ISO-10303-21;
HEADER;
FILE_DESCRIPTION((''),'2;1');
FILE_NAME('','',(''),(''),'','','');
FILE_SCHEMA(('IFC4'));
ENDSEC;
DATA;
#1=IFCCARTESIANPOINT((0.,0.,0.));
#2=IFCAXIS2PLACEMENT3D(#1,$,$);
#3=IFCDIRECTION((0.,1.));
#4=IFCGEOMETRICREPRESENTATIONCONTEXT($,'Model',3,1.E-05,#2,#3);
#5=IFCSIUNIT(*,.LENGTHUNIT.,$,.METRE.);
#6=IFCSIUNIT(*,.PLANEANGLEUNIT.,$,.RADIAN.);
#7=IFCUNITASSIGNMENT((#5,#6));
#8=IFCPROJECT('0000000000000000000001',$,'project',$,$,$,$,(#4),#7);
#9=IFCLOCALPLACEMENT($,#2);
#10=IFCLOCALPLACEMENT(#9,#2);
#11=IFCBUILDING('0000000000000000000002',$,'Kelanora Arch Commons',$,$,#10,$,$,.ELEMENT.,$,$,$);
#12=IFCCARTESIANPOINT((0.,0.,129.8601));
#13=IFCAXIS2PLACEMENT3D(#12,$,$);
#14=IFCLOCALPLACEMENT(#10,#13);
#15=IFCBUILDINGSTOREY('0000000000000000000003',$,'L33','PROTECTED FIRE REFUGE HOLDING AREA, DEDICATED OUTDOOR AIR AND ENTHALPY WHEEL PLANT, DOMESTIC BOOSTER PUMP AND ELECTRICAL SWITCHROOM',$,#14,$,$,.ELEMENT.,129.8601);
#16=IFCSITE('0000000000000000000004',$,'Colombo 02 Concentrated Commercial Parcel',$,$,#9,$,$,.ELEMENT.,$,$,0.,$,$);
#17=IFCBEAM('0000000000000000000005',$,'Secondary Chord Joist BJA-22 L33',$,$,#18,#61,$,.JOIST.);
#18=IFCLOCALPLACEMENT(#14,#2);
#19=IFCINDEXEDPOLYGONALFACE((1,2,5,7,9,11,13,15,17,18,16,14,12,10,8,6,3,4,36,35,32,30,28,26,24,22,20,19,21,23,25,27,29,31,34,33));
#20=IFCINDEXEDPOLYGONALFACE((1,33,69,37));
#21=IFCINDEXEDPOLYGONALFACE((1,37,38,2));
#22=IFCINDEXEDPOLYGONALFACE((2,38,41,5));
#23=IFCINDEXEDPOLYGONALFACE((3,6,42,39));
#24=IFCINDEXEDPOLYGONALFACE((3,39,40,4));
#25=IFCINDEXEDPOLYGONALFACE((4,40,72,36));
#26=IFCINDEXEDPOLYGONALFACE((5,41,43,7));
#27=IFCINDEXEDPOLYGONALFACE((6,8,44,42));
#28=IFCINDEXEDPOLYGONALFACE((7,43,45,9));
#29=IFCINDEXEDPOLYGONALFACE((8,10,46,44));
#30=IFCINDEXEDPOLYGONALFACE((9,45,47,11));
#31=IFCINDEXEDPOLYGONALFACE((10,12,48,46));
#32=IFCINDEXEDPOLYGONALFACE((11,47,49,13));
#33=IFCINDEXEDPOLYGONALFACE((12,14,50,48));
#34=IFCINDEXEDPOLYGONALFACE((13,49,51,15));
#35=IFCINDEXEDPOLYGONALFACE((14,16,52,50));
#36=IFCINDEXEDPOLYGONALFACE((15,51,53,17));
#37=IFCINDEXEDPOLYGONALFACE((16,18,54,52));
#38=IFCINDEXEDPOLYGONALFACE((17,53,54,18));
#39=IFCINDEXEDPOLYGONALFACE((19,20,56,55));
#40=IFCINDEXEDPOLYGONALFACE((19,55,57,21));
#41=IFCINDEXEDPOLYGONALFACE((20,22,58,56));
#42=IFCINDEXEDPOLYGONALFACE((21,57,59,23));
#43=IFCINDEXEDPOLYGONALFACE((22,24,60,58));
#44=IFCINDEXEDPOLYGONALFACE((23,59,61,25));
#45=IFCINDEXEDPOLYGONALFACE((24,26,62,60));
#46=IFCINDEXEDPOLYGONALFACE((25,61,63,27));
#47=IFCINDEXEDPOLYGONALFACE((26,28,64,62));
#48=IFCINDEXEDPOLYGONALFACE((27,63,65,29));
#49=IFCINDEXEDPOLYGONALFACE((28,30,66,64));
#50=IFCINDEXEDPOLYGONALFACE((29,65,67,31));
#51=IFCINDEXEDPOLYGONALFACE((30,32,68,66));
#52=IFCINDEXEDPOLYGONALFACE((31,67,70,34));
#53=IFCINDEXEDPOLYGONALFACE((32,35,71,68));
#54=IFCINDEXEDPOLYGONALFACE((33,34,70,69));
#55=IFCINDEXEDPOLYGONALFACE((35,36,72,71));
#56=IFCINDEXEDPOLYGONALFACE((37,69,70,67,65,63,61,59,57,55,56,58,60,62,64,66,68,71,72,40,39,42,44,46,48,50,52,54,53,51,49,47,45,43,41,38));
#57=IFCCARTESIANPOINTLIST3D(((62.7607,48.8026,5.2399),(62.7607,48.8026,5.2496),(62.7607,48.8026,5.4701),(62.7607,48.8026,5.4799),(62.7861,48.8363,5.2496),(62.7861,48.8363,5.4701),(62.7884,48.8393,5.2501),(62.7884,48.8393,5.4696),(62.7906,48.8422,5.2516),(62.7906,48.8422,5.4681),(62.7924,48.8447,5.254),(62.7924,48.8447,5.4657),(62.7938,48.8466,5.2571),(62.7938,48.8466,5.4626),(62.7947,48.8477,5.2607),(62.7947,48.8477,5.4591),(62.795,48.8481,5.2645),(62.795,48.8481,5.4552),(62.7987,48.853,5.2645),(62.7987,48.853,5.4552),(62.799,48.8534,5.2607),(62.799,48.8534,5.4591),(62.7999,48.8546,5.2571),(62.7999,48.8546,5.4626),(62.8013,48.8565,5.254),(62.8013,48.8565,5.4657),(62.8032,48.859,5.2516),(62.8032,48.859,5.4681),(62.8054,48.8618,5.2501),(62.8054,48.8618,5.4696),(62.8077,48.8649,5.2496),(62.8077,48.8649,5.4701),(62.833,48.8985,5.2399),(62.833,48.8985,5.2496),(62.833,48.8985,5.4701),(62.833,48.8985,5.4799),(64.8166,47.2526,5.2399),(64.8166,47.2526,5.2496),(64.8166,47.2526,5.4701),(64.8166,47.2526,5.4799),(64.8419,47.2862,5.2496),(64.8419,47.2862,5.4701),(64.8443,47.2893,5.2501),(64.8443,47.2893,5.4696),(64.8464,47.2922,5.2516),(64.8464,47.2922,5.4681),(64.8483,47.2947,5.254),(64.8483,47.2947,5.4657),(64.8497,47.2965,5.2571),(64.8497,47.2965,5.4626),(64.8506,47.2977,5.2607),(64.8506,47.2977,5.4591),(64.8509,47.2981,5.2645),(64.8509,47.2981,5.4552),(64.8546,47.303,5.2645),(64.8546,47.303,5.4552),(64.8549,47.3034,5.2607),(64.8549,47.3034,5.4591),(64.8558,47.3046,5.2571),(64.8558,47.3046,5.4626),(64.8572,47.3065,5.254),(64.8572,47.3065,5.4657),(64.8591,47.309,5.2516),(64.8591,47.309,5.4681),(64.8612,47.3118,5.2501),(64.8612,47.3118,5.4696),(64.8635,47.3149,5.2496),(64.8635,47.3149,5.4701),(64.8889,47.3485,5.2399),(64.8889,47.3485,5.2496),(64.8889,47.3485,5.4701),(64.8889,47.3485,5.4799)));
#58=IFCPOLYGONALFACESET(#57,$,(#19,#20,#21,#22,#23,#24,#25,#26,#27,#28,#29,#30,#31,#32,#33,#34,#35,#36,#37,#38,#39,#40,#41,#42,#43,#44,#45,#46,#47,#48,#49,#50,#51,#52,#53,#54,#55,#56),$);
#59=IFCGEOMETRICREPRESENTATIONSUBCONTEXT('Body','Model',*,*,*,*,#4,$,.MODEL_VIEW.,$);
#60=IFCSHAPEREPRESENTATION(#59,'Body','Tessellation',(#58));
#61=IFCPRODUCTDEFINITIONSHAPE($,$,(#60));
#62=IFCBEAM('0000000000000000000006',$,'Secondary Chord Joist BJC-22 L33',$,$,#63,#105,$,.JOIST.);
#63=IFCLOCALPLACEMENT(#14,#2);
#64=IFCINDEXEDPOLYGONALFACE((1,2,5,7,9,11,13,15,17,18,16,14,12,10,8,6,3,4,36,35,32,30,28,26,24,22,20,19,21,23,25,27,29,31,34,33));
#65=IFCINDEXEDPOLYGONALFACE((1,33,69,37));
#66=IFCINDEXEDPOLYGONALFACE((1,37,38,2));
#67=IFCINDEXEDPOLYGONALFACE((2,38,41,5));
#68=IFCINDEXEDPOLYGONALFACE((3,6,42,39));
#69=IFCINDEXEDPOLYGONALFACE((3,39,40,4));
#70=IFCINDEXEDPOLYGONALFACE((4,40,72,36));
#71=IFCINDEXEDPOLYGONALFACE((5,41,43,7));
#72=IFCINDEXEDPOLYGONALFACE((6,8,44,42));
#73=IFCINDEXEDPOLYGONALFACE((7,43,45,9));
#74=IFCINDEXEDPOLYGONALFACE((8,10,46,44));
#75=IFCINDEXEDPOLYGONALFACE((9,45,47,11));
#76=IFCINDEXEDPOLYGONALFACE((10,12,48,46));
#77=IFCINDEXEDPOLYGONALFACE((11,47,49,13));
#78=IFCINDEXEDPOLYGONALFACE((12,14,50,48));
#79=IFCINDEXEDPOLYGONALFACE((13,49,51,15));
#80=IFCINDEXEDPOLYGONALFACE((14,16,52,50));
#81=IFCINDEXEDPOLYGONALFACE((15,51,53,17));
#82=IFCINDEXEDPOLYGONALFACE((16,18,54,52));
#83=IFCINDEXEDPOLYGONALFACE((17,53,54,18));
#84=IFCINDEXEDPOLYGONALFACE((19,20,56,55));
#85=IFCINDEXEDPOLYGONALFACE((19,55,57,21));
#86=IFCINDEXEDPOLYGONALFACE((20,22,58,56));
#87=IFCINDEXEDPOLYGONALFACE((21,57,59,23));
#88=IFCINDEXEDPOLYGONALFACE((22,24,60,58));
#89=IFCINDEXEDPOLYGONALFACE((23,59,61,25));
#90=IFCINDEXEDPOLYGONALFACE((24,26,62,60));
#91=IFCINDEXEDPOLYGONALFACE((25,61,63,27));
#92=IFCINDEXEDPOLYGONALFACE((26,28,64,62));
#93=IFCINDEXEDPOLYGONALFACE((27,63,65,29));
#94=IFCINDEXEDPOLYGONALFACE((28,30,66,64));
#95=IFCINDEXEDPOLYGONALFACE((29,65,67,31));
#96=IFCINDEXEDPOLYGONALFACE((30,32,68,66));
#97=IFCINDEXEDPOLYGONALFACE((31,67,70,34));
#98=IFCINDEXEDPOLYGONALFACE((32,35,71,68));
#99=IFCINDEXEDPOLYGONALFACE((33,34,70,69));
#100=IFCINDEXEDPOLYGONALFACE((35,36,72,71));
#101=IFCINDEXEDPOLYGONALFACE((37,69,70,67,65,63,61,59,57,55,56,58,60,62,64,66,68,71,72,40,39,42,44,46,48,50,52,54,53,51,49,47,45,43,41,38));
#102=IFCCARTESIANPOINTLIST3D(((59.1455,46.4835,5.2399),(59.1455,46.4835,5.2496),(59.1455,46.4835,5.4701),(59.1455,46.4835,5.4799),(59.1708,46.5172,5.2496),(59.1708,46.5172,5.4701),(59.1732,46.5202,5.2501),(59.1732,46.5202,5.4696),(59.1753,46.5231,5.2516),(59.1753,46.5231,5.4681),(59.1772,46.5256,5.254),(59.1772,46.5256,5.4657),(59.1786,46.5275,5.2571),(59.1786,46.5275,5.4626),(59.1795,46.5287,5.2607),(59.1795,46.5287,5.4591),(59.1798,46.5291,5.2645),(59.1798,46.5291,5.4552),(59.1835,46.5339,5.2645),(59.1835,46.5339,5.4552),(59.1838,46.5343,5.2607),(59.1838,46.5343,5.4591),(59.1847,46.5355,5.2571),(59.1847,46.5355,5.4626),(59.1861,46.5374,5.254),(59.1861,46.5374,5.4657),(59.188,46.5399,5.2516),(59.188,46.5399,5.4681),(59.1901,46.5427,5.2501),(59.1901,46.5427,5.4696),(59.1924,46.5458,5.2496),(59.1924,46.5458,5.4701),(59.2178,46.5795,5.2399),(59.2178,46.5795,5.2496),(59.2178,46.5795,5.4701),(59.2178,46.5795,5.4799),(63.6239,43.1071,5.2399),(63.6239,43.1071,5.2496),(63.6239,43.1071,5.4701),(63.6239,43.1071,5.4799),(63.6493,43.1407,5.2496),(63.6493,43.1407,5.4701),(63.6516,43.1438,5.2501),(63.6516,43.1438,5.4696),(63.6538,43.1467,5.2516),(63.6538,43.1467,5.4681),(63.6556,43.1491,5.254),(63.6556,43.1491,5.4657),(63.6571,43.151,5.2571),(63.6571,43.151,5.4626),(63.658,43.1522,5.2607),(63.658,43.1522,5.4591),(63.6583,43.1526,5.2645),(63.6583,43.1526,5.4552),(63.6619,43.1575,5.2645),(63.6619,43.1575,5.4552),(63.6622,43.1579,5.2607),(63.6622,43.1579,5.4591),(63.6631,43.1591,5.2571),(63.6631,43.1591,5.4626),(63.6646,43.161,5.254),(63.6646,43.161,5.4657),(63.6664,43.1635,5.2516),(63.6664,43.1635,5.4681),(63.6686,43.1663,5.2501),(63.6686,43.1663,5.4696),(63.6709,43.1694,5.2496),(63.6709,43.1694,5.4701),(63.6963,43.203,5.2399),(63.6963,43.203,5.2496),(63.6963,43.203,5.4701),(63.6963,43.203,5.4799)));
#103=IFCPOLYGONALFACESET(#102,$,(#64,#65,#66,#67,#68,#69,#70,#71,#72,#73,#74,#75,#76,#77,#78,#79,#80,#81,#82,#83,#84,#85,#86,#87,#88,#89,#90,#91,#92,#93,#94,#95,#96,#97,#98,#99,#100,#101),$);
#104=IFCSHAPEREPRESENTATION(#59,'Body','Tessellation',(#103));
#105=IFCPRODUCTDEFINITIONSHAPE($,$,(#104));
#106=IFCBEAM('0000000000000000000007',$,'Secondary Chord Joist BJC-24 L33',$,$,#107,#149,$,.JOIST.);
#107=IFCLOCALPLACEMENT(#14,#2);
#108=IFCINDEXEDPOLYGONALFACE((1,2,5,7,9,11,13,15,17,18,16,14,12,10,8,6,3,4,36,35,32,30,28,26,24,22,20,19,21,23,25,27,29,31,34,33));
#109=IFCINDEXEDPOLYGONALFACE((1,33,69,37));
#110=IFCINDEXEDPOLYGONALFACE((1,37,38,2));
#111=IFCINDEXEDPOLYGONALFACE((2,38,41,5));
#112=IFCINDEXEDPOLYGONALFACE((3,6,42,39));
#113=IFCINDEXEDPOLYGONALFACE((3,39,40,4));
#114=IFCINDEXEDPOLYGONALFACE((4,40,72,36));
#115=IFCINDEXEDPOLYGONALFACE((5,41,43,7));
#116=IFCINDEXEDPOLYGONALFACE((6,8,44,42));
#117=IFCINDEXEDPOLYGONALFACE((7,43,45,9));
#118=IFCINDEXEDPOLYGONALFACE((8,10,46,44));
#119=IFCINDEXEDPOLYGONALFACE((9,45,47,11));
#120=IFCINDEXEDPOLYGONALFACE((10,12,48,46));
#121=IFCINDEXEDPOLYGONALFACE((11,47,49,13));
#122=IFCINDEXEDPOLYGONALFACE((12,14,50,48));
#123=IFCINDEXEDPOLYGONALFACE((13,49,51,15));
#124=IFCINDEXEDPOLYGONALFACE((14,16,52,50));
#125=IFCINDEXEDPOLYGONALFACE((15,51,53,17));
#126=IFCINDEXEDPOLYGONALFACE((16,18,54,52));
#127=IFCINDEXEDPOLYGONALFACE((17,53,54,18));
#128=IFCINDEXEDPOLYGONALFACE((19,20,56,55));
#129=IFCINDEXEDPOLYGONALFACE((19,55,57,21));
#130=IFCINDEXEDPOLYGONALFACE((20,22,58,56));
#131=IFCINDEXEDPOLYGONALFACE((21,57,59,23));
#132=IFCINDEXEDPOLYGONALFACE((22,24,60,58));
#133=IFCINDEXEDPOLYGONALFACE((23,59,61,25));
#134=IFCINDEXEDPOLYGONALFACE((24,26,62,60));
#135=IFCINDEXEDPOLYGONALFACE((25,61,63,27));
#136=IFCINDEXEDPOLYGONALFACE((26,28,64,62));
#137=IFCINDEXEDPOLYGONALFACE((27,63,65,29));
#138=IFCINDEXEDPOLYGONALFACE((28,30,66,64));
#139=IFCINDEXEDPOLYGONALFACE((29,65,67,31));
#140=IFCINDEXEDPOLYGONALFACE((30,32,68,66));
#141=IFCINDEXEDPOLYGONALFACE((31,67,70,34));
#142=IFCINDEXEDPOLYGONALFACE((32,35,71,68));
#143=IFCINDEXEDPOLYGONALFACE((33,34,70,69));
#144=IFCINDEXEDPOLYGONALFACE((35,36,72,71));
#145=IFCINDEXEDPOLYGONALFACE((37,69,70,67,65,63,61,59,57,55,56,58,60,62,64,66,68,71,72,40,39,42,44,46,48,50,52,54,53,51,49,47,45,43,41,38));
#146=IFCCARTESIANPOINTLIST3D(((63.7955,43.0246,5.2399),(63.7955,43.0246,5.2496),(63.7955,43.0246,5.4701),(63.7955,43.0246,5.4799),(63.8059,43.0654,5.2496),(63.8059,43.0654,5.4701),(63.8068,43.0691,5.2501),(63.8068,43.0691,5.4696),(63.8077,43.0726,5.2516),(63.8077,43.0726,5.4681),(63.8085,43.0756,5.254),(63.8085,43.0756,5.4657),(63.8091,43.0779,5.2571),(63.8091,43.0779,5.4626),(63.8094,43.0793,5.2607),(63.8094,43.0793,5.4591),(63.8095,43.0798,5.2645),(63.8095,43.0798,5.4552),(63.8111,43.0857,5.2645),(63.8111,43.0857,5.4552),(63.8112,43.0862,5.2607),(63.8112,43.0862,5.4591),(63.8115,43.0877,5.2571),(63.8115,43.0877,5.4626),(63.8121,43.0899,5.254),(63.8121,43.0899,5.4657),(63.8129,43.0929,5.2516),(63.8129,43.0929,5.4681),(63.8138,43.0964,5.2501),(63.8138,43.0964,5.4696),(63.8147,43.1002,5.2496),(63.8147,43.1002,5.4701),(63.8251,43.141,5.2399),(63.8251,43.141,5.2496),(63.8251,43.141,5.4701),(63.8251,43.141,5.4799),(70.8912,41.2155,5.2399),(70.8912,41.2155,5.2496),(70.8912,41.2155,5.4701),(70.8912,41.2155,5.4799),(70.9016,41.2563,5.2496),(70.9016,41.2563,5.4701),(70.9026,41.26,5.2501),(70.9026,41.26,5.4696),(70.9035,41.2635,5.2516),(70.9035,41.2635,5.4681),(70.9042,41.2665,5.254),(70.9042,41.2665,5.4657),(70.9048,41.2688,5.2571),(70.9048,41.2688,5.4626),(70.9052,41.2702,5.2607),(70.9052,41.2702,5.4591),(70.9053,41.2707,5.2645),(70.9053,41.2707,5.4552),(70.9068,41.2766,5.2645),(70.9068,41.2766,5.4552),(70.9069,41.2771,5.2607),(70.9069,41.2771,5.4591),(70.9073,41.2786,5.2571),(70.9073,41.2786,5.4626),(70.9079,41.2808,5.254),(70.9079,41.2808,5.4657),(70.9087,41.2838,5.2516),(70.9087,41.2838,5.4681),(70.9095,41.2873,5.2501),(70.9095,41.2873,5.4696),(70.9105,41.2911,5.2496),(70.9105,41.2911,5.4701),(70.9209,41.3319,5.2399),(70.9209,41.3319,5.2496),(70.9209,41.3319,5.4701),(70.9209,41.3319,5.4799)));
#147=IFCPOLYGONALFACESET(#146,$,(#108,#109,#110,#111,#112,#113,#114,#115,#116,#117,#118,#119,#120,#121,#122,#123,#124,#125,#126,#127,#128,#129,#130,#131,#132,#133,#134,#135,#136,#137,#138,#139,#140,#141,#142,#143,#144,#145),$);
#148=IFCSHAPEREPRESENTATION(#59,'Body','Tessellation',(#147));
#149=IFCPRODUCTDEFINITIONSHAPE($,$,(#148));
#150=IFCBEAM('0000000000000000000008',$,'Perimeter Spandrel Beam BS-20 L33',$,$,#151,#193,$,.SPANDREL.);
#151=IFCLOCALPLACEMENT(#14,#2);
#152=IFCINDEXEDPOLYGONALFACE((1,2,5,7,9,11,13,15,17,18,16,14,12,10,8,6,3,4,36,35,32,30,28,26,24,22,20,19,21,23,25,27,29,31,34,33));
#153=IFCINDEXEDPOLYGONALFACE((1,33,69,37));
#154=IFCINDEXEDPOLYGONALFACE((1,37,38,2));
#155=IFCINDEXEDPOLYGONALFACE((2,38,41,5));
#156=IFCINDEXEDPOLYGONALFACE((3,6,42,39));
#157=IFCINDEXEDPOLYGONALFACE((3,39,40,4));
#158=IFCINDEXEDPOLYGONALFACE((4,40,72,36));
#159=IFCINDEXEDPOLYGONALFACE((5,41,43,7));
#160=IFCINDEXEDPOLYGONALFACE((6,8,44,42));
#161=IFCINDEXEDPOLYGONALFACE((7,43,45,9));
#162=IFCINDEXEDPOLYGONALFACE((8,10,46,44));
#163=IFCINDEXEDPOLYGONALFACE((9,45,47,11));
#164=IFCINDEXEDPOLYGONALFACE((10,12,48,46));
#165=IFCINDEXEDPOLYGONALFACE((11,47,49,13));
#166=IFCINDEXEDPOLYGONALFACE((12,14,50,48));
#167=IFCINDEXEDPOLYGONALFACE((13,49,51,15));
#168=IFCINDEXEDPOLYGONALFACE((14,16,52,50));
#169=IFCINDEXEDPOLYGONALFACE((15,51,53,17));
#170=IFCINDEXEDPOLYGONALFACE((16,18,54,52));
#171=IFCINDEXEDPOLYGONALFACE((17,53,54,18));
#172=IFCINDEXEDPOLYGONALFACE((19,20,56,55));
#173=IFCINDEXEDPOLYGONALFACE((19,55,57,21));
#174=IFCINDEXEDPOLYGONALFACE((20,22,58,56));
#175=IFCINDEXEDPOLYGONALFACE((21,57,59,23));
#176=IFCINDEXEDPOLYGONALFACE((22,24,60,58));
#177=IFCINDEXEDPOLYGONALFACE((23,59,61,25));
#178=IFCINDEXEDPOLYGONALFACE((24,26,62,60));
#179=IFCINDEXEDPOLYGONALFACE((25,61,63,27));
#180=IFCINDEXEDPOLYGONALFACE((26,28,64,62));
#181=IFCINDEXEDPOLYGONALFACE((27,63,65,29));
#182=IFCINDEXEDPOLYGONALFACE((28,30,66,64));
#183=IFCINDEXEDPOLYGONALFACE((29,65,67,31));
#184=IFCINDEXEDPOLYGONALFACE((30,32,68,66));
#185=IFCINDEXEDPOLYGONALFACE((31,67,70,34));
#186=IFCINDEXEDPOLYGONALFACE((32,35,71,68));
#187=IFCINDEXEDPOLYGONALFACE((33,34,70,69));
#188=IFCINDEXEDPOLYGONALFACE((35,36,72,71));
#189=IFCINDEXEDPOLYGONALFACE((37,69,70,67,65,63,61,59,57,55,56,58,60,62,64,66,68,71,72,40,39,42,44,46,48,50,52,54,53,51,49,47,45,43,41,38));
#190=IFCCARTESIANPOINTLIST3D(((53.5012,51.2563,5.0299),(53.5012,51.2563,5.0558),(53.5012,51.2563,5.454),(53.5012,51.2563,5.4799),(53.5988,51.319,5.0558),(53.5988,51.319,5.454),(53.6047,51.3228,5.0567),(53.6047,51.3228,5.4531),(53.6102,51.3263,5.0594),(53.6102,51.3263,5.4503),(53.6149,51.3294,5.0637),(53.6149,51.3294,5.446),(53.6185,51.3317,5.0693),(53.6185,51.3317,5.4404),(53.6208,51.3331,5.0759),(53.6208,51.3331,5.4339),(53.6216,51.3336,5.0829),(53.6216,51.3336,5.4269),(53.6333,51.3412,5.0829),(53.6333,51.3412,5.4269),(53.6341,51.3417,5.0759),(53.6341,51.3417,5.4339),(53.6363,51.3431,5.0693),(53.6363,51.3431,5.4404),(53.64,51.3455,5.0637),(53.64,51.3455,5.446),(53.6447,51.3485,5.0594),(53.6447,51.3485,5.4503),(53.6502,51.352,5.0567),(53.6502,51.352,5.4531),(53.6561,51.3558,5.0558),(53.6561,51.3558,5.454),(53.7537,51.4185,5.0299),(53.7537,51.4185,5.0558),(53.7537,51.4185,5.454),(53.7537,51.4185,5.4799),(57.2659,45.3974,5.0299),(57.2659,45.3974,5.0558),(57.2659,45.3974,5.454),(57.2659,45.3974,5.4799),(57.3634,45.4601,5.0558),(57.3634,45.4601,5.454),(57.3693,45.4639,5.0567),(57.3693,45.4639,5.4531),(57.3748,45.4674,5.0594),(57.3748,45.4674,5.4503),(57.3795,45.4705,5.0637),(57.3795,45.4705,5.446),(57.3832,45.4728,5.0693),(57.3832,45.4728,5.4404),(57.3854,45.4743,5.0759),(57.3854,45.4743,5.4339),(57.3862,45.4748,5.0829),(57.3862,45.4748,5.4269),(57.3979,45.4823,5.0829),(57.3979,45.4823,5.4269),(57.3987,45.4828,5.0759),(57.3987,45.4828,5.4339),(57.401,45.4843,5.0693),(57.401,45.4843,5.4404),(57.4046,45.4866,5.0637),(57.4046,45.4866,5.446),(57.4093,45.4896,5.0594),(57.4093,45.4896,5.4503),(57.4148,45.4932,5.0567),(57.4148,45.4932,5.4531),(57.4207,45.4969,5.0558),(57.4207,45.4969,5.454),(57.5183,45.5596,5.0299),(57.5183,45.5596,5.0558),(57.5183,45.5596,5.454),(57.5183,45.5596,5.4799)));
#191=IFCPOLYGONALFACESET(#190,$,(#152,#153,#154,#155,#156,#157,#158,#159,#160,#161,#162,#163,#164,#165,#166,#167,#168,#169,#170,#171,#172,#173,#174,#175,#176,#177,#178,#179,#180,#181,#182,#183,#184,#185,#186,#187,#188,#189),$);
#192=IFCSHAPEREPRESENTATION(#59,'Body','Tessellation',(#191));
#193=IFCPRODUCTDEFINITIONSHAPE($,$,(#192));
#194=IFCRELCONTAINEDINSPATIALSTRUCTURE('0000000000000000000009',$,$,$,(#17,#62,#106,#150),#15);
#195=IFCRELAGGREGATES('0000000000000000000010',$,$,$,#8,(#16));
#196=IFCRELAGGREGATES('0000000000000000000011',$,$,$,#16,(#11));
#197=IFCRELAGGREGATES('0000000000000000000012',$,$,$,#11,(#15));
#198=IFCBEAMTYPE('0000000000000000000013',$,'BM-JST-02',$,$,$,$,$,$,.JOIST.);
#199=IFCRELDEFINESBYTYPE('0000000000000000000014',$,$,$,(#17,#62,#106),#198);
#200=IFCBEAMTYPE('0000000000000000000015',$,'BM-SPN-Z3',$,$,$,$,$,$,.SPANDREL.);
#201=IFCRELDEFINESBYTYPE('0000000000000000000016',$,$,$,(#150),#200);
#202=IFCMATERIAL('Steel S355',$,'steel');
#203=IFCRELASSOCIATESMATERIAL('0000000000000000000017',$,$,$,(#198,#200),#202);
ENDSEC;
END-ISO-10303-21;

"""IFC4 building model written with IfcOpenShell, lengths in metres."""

from ifc_helpers import new_model, si_unit, direction, frame, origin, origin_2d, place, context, subcontext, project, spatial, i_section, extrude, material, material_profile, profile_set, type_object, element, save


model = new_model("IFC4")

# Units and contexts
model_context = context("Model", 3, precision=1e-05, world=origin(), true_north=direction((0.0, 1.0)))
body_context = subcontext(model_context, "Body", "Model", "MODEL_VIEW")
ifc_project = project(units=[si_unit("LENGTHUNIT", "METRE"), si_unit("PLANEANGLEUNIT", "RADIAN")], contexts=[model_context])

# Site, building, storey
site_placement = place(None, origin())
site = spatial("IfcSite", under=ifc_project, at=site_placement, Name="Colombo 02 Concentrated Commercial Parcel", CompositionType="ELEMENT", RefElevation=0.0)
building_placement = place(site_placement, origin())
building = spatial("IfcBuilding", under=site, at=building_placement, Name="Kelanora Arch Commons", CompositionType="ELEMENT")
storey_placement = place(building_placement, frame((0.0, 0.0, 129.8601)))
storey = spatial("IfcBuildingStorey", under=building, at=storey_placement, Name="L33", Description="PROTECTED FIRE REFUGE HOLDING AREA, DEDICATED OUTDOOR AIR AND ENTHALPY WHEEL PLANT, DOMESTIC BOOSTER PUMP AND ELECTRICAL SWITCHROOM", CompositionType="ELEMENT", Elevation=129.8601)

# Beams
ifc_material_1 = material(Name="Steel S355", Category="steel")
ifc_material_profile_1 = material_profile(ifc_material_1, i_section(OverallWidth=0.1201, OverallDepth=0.24, WebThickness=0.0061, FlangeThickness=0.0098, FilletRadius=0.0149, at=origin_2d()), Name="IPE240")
ifc_profile_set_1 = profile_set([ifc_material_profile_1], Name="Steel S355")
beam_type_1 = type_object("IfcBeamType", Name="BM-JST-02", PredefinedType="JOIST", material=ifc_profile_set_1)
beam_1_placement = place(storey_placement, frame((62.7969, 48.8506, 5.3599), z_axis=(0.798484, -0.602016, 0.0), x_axis=(0.602016, 0.798484, 0.0)))
element("IfcBeam", 1, at=beam_1_placement, inside=storey, type_object=beam_type_1, Name="Secondary Chord Joist BJA-22 L33", PredefinedType="JOIST", context=body_context, shape_type="SweptSolid", body=[
    extrude(i_section(OverallWidth=0.1201, OverallDepth=0.24, WebThickness=0.0061, FlangeThickness=0.0098, FilletRadius=0.0149, at=origin_2d()), origin(), (0.0, 0.0, 1.0), 2.5747),
])
beam_2_placement = place(storey_placement, frame((59.1816, 46.5315, 5.3599), z_axis=(0.798493, -0.602004, 0.0), x_axis=(0.602004, 0.798493, 0.0)))
element("IfcBeam", 2, at=beam_2_placement, inside=storey, type_object=beam_type_1, Name="Secondary Chord Joist BJC-22 L33", PredefinedType="JOIST", context=body_context, shape_type="SweptSolid", body=[
    extrude(i_section(OverallWidth=0.1201, OverallDepth=0.24, WebThickness=0.0061, FlangeThickness=0.0098, FilletRadius=0.0149, at=origin_2d()), origin(), (0.0, 0.0, 1.0), 5.6086),
])
beam_3_placement = place(storey_placement, frame((63.8103, 43.0828, 5.3599), z_axis=(0.969002, -0.247052, 0.0), x_axis=(0.247052, 0.969002, 0.0)))
element("IfcBeam", 3, at=beam_3_placement, inside=storey, type_object=beam_type_1, Name="Secondary Chord Joist BJC-24 L33", PredefinedType="JOIST", context=body_context, shape_type="SweptSolid", body=[
    extrude(i_section(OverallWidth=0.1201, OverallDepth=0.24, WebThickness=0.0061, FlangeThickness=0.0098, FilletRadius=0.0149, at=origin_2d()), origin(), (0.0, 0.0, 1.0), 7.3228),
])
ifc_material_profile_2 = material_profile(ifc_material_1, i_section(OverallWidth=0.3, OverallDepth=0.45, WebThickness=0.0139, FlangeThickness=0.0259, FilletRadius=0.0271, at=origin_2d()), Name="HEB450")
ifc_profile_set_2 = profile_set([ifc_material_profile_2], Name="Steel S355")
beam_type_2 = type_object("IfcBeamType", Name="BM-SPN-Z3", PredefinedType="SPANDREL", material=ifc_profile_set_2)
beam_4_placement = place(storey_placement, frame((53.6274, 51.3374, 5.2549), z_axis=(0.540577, -0.841295, 0.0), x_axis=(0.841295, 0.540577, 0.0)))
element("IfcBeam", 4, at=beam_4_placement, inside=storey, type_object=beam_type_2, Name="Perimeter Spandrel Beam BS-20 L33", PredefinedType="SPANDREL", context=body_context, shape_type="SweptSolid", body=[
    extrude(i_section(OverallWidth=0.3, OverallDepth=0.45, WebThickness=0.0139, FlangeThickness=0.0259, FilletRadius=0.0271, at=origin_2d()), origin(), (0.0, 0.0, 1.0), 6.9641),
])

save(model, "model.ifc")
